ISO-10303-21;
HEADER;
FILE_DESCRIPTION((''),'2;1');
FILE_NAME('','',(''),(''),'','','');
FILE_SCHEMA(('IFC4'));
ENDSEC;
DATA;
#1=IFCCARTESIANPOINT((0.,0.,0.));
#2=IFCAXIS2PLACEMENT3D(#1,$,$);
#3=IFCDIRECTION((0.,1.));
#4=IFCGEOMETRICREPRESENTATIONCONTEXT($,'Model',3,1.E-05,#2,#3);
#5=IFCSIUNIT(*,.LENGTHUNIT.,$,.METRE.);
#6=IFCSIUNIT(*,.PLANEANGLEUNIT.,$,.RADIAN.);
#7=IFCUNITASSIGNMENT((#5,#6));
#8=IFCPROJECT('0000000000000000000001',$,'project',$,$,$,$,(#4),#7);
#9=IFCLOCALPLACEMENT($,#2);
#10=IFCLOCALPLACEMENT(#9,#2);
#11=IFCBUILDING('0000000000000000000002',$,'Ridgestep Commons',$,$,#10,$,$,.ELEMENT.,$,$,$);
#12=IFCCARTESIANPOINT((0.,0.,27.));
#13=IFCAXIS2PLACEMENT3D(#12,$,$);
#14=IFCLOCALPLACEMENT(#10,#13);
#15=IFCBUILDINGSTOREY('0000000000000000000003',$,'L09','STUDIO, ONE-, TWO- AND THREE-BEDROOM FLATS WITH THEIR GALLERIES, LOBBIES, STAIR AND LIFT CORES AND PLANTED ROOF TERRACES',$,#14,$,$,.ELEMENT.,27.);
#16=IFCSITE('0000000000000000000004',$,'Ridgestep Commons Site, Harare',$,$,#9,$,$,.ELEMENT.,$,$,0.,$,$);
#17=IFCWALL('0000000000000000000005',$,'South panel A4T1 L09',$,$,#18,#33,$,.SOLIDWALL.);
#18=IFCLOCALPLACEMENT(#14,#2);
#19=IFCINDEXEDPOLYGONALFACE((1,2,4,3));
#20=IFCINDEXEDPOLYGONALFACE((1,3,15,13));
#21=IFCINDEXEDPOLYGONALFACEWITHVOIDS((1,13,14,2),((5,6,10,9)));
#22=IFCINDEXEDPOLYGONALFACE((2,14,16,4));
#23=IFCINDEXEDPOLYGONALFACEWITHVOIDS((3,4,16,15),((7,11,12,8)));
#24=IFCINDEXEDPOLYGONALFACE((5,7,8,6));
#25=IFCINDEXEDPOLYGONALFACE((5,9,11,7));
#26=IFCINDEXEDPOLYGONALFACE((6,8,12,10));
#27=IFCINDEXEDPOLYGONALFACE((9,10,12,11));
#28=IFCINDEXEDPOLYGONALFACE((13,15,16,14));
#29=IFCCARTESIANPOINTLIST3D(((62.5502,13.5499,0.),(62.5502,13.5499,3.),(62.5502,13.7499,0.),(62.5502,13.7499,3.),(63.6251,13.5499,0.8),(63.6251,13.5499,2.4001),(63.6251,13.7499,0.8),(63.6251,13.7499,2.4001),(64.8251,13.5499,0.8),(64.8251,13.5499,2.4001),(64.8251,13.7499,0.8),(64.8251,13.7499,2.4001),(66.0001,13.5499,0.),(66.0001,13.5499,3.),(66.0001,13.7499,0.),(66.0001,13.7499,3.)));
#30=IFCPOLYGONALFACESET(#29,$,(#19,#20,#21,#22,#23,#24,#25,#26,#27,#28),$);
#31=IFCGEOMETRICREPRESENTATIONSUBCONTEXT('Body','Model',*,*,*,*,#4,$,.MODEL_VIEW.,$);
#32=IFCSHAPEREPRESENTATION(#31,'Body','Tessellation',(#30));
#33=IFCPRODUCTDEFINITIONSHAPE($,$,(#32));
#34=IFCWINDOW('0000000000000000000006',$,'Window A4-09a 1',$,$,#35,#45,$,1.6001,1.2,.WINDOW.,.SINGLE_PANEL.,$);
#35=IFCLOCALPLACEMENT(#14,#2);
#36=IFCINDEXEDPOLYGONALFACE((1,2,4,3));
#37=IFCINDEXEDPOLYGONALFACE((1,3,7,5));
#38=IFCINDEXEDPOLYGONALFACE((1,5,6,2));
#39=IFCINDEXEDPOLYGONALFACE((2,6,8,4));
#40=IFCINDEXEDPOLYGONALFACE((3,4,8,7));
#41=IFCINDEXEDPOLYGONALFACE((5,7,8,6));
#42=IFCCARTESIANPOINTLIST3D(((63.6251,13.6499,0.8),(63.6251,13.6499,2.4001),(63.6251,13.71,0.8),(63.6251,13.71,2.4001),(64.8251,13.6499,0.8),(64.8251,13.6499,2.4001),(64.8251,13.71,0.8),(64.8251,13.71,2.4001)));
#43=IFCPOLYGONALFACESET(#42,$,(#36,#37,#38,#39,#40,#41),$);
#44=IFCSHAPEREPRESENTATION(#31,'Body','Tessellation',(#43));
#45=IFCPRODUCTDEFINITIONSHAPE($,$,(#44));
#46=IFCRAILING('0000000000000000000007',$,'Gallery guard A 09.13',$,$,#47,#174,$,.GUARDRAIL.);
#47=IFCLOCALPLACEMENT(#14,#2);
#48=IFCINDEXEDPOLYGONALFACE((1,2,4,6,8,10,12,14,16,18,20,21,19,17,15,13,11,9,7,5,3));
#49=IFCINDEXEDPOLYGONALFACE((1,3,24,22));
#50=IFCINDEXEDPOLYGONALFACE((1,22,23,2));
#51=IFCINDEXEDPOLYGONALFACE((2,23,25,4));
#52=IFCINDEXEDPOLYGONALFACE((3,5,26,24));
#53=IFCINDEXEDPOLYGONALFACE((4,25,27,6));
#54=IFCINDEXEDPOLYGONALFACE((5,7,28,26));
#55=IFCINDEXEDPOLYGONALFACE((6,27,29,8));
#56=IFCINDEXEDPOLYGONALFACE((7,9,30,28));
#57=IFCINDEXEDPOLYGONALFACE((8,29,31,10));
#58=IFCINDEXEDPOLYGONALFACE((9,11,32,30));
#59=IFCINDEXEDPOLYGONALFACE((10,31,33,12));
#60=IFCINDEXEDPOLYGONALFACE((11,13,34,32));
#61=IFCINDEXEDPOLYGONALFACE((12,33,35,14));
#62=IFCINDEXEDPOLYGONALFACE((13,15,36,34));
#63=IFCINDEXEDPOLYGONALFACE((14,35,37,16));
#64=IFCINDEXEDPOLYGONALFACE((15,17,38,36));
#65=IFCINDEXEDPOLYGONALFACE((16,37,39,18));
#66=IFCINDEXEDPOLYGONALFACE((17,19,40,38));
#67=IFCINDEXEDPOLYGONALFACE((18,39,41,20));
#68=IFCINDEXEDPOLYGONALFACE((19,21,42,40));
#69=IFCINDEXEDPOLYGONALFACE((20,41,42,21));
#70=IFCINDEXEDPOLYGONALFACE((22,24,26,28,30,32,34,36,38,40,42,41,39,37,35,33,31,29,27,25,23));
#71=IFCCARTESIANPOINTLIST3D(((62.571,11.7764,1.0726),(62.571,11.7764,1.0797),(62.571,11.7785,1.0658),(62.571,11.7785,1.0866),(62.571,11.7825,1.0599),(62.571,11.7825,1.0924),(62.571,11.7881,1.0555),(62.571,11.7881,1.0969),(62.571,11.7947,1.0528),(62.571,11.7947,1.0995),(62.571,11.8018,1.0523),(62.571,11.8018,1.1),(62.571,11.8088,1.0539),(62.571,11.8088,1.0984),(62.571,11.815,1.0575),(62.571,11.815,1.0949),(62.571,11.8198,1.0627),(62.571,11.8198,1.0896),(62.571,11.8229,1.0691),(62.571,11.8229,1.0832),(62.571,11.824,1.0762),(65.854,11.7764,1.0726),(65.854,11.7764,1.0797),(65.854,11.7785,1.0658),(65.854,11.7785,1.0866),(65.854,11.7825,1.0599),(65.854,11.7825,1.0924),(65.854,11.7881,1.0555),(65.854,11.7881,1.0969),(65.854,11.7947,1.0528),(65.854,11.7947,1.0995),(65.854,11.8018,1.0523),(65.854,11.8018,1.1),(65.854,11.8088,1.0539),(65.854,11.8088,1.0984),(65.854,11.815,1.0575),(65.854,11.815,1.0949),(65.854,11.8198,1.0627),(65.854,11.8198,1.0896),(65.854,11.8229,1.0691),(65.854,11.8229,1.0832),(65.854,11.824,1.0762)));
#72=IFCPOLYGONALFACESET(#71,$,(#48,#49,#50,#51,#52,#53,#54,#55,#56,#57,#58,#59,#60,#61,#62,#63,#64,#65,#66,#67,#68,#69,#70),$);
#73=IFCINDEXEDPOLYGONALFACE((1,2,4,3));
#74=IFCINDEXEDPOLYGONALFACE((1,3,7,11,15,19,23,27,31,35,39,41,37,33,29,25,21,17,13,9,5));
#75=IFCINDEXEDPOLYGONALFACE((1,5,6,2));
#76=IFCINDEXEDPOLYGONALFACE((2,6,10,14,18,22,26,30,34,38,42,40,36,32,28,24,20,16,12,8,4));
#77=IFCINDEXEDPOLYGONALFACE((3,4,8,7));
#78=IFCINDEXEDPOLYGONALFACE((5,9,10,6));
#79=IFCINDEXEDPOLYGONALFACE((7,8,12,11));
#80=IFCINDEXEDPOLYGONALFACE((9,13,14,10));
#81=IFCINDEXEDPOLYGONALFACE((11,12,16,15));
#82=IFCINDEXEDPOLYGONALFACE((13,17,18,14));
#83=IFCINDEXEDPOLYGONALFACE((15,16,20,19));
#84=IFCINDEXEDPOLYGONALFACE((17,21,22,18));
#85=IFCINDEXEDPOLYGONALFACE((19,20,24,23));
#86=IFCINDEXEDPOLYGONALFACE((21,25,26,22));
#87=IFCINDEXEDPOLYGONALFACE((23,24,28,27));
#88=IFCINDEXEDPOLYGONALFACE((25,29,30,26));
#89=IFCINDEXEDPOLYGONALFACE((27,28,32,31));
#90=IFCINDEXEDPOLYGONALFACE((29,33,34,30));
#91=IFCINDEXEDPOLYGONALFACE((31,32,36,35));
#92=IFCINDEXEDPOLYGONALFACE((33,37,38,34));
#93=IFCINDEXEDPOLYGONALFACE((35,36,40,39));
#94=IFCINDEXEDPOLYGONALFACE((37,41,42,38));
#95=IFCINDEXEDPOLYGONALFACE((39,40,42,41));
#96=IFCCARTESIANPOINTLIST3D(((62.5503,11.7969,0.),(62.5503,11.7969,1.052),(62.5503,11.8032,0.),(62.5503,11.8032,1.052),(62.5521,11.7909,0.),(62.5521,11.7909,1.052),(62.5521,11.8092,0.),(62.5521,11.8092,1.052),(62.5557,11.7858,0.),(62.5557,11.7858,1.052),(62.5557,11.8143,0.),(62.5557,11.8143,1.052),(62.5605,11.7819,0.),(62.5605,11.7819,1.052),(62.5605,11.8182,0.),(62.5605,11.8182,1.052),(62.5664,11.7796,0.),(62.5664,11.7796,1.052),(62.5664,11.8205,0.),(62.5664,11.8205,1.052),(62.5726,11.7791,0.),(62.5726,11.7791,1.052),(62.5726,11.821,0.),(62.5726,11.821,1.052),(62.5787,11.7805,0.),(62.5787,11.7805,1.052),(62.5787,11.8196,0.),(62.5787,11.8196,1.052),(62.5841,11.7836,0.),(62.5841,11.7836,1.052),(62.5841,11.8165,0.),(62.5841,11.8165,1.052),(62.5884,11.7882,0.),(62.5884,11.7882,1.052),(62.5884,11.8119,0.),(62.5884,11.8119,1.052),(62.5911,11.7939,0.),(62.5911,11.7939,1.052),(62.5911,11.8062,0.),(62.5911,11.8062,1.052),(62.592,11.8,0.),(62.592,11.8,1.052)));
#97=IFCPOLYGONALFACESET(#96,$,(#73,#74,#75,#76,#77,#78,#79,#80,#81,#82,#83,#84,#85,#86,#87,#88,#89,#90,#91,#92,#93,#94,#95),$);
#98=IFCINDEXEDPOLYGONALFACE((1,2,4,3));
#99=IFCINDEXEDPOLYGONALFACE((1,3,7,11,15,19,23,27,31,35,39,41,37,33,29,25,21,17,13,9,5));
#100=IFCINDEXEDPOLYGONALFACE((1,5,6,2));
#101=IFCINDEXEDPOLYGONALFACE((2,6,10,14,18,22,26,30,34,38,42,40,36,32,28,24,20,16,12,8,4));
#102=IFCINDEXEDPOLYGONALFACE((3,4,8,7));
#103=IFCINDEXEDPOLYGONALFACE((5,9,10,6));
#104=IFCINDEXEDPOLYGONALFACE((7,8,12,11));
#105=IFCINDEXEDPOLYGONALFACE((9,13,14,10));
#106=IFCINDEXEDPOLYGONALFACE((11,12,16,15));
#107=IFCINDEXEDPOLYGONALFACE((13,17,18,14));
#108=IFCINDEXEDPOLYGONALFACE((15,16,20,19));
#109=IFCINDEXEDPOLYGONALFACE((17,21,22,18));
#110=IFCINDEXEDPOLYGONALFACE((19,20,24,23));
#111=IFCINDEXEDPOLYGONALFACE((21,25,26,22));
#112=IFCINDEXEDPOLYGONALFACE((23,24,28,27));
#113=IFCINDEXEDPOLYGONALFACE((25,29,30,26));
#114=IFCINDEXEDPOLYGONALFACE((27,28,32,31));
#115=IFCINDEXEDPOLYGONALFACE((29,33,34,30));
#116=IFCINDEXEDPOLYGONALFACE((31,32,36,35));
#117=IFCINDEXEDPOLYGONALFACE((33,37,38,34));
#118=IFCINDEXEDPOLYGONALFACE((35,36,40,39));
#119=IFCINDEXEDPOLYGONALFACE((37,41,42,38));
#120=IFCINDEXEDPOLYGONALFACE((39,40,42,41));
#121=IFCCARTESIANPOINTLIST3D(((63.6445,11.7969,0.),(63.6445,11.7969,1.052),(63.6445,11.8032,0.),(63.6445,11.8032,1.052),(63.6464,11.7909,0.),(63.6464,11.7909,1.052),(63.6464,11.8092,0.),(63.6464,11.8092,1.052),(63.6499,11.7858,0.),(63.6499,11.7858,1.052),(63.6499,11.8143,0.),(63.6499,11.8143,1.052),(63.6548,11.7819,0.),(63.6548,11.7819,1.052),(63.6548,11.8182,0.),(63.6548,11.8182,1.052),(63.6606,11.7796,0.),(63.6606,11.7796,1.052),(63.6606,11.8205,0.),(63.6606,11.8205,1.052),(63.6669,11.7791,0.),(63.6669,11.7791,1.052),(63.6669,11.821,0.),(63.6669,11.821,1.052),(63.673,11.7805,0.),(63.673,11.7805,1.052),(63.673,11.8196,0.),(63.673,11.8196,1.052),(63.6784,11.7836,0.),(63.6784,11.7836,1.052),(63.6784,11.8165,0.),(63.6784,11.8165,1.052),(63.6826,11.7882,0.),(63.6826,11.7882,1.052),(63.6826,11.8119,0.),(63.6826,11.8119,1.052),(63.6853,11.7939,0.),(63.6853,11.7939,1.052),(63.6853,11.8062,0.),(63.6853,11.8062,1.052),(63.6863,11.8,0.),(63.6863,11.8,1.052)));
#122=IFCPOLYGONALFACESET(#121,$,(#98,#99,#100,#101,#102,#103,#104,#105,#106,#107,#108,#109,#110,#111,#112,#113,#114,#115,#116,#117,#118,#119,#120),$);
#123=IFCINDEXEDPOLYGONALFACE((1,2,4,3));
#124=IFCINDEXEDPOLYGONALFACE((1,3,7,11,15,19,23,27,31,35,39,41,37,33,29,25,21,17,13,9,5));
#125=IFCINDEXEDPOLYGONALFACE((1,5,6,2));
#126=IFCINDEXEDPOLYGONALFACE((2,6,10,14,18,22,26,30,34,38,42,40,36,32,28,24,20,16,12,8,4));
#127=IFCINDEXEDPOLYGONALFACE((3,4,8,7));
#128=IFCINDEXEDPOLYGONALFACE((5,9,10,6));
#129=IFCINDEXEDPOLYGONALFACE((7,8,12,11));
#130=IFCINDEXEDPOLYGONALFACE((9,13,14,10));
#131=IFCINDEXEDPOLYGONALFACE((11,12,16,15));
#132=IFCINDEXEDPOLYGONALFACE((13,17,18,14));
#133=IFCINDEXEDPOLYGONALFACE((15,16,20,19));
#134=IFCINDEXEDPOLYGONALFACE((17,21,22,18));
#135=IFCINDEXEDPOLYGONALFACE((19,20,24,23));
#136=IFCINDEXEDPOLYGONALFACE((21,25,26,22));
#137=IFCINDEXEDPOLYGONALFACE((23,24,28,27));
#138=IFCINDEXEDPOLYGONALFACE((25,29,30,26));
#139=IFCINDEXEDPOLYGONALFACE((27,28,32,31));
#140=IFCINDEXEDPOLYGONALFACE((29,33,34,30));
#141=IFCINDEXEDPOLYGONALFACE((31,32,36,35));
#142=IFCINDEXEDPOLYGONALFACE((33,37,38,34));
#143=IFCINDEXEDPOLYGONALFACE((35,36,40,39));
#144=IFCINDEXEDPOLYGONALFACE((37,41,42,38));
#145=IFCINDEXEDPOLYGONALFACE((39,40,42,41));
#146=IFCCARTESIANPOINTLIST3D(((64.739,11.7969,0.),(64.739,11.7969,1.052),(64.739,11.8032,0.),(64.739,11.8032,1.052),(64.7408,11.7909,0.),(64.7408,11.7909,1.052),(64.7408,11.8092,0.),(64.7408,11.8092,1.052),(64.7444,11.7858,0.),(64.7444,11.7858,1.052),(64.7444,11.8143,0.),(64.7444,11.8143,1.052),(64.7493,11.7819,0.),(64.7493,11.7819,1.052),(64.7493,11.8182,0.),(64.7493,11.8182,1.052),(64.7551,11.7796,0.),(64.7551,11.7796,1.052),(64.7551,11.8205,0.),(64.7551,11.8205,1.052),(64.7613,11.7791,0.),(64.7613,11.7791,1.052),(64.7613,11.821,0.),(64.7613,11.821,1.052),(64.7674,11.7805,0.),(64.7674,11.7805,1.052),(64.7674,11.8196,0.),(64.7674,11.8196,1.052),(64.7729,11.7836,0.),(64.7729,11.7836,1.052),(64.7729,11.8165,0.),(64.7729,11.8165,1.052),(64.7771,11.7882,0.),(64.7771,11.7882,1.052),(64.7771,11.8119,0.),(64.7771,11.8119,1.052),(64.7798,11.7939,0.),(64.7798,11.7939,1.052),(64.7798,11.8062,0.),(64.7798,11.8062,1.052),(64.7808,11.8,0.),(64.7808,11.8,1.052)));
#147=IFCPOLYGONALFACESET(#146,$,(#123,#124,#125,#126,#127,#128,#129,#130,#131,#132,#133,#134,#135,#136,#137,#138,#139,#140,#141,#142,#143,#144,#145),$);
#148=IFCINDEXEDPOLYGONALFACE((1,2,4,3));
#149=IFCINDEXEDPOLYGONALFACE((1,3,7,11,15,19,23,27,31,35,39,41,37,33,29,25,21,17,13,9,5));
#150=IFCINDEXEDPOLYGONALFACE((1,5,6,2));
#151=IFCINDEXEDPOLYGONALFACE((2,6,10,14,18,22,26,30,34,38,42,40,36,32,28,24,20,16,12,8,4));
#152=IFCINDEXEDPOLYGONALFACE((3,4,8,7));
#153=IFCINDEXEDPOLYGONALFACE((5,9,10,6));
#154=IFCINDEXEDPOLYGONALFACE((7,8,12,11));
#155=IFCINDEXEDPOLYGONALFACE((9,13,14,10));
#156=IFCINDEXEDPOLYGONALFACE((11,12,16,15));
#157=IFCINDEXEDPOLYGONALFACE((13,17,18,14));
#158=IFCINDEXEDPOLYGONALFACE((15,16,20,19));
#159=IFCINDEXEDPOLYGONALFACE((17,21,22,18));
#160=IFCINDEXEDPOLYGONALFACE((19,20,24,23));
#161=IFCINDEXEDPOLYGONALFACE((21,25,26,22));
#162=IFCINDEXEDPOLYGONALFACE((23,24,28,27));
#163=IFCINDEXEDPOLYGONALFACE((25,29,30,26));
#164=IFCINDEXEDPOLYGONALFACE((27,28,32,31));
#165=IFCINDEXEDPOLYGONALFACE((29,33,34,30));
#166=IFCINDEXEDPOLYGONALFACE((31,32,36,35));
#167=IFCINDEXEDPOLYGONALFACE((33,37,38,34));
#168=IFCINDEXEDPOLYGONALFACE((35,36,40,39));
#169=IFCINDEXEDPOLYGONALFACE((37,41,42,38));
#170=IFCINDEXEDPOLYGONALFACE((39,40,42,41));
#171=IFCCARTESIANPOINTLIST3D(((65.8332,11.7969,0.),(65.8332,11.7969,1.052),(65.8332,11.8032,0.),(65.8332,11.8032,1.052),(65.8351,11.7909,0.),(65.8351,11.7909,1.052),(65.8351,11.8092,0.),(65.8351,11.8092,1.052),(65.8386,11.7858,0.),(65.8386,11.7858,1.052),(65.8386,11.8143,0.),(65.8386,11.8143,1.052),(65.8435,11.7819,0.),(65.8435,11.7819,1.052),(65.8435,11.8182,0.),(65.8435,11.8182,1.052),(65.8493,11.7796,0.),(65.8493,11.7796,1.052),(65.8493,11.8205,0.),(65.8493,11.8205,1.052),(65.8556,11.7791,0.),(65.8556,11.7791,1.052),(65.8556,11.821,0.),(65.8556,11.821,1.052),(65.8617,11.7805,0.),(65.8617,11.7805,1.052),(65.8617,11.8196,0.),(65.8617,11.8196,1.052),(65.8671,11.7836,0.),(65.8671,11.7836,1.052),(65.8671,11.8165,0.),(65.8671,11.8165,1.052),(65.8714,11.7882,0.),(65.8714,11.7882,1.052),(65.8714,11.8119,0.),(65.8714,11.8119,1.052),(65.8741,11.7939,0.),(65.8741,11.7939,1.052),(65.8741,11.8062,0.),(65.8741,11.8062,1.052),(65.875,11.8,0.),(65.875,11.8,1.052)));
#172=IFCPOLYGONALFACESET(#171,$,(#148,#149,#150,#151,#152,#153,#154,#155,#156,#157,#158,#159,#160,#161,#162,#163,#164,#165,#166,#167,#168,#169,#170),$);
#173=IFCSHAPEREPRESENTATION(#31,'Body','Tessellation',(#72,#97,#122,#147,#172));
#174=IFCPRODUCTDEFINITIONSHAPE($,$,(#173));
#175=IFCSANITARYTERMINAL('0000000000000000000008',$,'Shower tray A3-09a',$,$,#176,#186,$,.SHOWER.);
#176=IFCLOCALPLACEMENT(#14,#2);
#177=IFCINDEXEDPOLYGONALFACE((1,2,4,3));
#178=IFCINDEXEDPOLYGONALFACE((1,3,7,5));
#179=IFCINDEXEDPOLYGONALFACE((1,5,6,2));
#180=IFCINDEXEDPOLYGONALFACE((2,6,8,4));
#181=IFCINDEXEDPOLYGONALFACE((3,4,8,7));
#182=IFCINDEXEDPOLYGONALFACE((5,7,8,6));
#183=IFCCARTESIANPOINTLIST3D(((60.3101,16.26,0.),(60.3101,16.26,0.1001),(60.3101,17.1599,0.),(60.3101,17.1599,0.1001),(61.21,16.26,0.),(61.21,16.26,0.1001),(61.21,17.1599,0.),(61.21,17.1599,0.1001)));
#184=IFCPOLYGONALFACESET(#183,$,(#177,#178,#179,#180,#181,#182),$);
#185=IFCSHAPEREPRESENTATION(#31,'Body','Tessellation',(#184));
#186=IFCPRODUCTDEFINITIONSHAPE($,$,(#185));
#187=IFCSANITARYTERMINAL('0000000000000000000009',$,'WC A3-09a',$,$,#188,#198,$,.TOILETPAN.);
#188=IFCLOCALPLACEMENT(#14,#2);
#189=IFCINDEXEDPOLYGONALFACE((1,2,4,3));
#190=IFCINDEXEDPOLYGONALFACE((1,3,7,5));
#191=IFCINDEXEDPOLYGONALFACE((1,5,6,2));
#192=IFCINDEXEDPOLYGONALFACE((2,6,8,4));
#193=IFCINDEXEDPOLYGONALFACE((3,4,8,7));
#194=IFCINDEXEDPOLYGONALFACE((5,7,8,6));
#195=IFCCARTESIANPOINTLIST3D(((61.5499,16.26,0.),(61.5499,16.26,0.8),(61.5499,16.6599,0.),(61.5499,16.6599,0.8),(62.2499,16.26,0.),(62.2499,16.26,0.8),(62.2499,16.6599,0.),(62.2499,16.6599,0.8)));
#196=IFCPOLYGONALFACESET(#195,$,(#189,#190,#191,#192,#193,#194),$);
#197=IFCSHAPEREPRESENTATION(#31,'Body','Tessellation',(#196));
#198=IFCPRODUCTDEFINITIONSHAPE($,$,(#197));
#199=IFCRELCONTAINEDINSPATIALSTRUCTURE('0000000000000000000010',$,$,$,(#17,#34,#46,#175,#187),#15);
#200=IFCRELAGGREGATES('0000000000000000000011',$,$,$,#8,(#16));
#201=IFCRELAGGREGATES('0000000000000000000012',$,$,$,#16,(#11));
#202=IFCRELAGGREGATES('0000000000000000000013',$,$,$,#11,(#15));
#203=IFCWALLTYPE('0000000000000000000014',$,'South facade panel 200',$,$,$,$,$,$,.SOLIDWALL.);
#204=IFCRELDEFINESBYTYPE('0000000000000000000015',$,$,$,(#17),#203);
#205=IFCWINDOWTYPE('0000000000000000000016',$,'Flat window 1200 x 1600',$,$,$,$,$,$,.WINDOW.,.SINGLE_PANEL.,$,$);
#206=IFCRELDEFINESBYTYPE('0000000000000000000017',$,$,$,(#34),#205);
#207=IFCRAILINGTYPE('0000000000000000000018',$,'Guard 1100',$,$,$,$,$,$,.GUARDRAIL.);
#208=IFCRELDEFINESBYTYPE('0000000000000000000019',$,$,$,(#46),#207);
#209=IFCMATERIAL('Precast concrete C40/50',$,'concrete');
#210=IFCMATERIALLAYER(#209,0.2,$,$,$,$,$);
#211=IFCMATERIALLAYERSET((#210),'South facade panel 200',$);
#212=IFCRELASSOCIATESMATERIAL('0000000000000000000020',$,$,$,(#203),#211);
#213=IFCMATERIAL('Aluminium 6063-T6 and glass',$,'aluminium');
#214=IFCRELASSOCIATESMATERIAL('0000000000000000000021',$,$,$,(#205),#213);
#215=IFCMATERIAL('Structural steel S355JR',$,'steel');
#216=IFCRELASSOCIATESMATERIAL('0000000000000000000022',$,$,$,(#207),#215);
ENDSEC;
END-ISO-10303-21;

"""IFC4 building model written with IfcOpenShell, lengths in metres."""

from ifc_helpers import new_model, si_unit, direction, frame, frame_2d, origin, origin_2d, place, context, subcontext, project, spatial, rectangle, circle, extrude, material, layer, layer_set, type_object, element, fill, save


model = new_model("IFC4")

# Units and contexts
model_context = context("Model", 3, precision=1e-05, world=origin(), true_north=direction((0.0, 1.0)))
body_context = subcontext(model_context, "Body", "Model", "MODEL_VIEW")
ifc_project = project(units=[si_unit("LENGTHUNIT", "METRE"), si_unit("PLANEANGLEUNIT", "RADIAN")], contexts=[model_context])

# Site, building, storey
site_placement = place(None, origin())
site = spatial("IfcSite", under=ifc_project, at=site_placement, Name="Ridgestep Commons Site, Harare", CompositionType="ELEMENT", RefElevation=0.0)
building_placement = place(site_placement, origin())
building = spatial("IfcBuilding", under=site, at=building_placement, Name="Ridgestep Commons", CompositionType="ELEMENT")
storey_placement = place(building_placement, frame((0.0, 0.0, 27.0)))
storey = spatial("IfcBuildingStorey", under=building, at=storey_placement, Name="L09", Description="STUDIO, ONE-, TWO- AND THREE-BEDROOM FLATS WITH THEIR GALLERIES, LOBBIES, STAIR AND LIFT CORES AND PLANTED ROOF TERRACES", CompositionType="ELEMENT", Elevation=27.0)

# Wall, opening, window
ifc_material_1 = material(Name="Precast concrete C40/50", Category="concrete")
ifc_layer_1 = layer(ifc_material_1, 0.2)
ifc_layer_set_1 = layer_set([ifc_layer_1], Name="South facade panel 200")
wall_type_1 = type_object("IfcWallType", Name="South facade panel 200", PredefinedType="SOLIDWALL", material=ifc_layer_set_1)
wall_1_placement = place(storey_placement, frame((62.55, 13.6499, 0.0), z_axis=(0.0, 0.0, 1.0), x_axis=(1.0, 0.0, 0.0)))
wall_1 = element("IfcWall", 1, at=wall_1_placement, inside=storey, type_object=wall_type_1, Name="South panel A4T1 L09", PredefinedType="SOLIDWALL", context=body_context, shape_type="SweptSolid", body=[
    extrude(rectangle(XDim=3.45, YDim=0.2, at=frame_2d((1.7251, 0.0))), origin(), (0.0, 0.0, 1.0), 3.0),
])
opening_1_placement = place(wall_1_placement, frame((1.075, 0.0, 0.8)))
opening_1 = element("IfcOpeningElement", 2, at=opening_1_placement, cuts=wall_1, PredefinedType="OPENING", context=body_context, shape_type="SweptSolid", body=[
    extrude(rectangle(XDim=1.2, YDim=1.6001, at=frame_2d((0.6001, 0.8))), frame((0.0, 0.1099, 0.0), z_axis=(0.0, -1.0, 0.0), x_axis=(1.0, 0.0, 0.0)), (0.0, 0.0, 1.0), 0.22),
])
ifc_material_2 = material(Name="Aluminium 6063-T6 and glass", Category="aluminium")
window_type = type_object("IfcWindowType", Name="Flat window 1200 x 1600", PartitioningType="SINGLE_PANEL", PredefinedType="WINDOW", material=ifc_material_2)
window_placement = place(opening_1_placement, origin())
window = element("IfcWindow", 3, at=window_placement, inside=storey, type_object=window_type, Name="Window A4-09a 1", OverallHeight=1.6001, OverallWidth=1.2, PartitioningType="SINGLE_PANEL", PredefinedType="WINDOW", context=body_context, shape_type="SweptSolid", body=[
    extrude(rectangle(XDim=1.2, YDim=1.6001, at=frame_2d((0.6001, 0.8))), frame((0.0, 0.0601, 0.0), z_axis=(0.0, -1.0, 0.0), x_axis=(1.0, 0.0, 0.0)), (0.0, 0.0, 1.0), 0.0601),
])
fill(opening_1, window)

# Railing
ifc_material_3 = material(Name="Structural steel S355JR", Category="steel")
railing_type = type_object("IfcRailingType", Name="Guard 1100", PredefinedType="GUARDRAIL", material=ifc_material_3)
railing_placement = place(storey_placement, frame((62.571, 11.8, 0.0)))
element("IfcRailing", 4, at=railing_placement, inside=storey, type_object=railing_type, Name="Gallery guard A 09.13", PredefinedType="GUARDRAIL", context=body_context, shape_type="SweptSolid", body=[
    extrude(circle(Radius=0.0239, at=origin_2d()), frame((0.0, 0.0, 1.0762), z_axis=(1.0, 0.0, 0.0), x_axis=(0.0, 1.0, 0.0)), (0.0, 0.0, 1.0), 3.283),
    extrude(circle(Radius=0.021, at=origin_2d()), origin(), (0.0, 0.0, 1.0), 1.052),
    extrude(circle(Radius=0.021, at=origin_2d()), frame((1.0942, 0.0, 0.0)), (0.0, 0.0, 1.0), 1.052),
    extrude(circle(Radius=0.021, at=origin_2d()), frame((2.1887, 0.0, 0.0)), (0.0, 0.0, 1.0), 1.052),
    extrude(circle(Radius=0.021, at=origin_2d()), frame((3.283, 0.0, 0.0)), (0.0, 0.0, 1.0), 1.052),
])

# Sanitary terminals
sanitary_terminal_1_placement = place(storey_placement, frame((60.76, 16.71, 0.0), z_axis=(0.0, 0.0, 1.0), x_axis=(1.0, 0.0, 0.0)))
element("IfcSanitaryTerminal", 5, at=sanitary_terminal_1_placement, inside=storey, Name="Shower tray A3-09a", PredefinedType="SHOWER", context=body_context, shape_type="SweptSolid", body=[
    extrude(rectangle(XDim=0.8999, YDim=0.8999, at=origin_2d()), origin(), (0.0, 0.0, 1.0), 0.1001),
])
sanitary_terminal_2_placement = place(storey_placement, frame((61.8999, 16.46, 0.0), z_axis=(0.0, 0.0, 1.0), x_axis=(1.0, 0.0, 0.0)))
element("IfcSanitaryTerminal", 6, at=sanitary_terminal_2_placement, inside=storey, Name="WC A3-09a", PredefinedType="TOILETPAN", context=body_context, shape_type="SweptSolid", body=[
    extrude(rectangle(XDim=0.7, YDim=0.3999, at=origin_2d()), origin(), (0.0, 0.0, 1.0), 0.8),
])

save(model, "model.ifc")
